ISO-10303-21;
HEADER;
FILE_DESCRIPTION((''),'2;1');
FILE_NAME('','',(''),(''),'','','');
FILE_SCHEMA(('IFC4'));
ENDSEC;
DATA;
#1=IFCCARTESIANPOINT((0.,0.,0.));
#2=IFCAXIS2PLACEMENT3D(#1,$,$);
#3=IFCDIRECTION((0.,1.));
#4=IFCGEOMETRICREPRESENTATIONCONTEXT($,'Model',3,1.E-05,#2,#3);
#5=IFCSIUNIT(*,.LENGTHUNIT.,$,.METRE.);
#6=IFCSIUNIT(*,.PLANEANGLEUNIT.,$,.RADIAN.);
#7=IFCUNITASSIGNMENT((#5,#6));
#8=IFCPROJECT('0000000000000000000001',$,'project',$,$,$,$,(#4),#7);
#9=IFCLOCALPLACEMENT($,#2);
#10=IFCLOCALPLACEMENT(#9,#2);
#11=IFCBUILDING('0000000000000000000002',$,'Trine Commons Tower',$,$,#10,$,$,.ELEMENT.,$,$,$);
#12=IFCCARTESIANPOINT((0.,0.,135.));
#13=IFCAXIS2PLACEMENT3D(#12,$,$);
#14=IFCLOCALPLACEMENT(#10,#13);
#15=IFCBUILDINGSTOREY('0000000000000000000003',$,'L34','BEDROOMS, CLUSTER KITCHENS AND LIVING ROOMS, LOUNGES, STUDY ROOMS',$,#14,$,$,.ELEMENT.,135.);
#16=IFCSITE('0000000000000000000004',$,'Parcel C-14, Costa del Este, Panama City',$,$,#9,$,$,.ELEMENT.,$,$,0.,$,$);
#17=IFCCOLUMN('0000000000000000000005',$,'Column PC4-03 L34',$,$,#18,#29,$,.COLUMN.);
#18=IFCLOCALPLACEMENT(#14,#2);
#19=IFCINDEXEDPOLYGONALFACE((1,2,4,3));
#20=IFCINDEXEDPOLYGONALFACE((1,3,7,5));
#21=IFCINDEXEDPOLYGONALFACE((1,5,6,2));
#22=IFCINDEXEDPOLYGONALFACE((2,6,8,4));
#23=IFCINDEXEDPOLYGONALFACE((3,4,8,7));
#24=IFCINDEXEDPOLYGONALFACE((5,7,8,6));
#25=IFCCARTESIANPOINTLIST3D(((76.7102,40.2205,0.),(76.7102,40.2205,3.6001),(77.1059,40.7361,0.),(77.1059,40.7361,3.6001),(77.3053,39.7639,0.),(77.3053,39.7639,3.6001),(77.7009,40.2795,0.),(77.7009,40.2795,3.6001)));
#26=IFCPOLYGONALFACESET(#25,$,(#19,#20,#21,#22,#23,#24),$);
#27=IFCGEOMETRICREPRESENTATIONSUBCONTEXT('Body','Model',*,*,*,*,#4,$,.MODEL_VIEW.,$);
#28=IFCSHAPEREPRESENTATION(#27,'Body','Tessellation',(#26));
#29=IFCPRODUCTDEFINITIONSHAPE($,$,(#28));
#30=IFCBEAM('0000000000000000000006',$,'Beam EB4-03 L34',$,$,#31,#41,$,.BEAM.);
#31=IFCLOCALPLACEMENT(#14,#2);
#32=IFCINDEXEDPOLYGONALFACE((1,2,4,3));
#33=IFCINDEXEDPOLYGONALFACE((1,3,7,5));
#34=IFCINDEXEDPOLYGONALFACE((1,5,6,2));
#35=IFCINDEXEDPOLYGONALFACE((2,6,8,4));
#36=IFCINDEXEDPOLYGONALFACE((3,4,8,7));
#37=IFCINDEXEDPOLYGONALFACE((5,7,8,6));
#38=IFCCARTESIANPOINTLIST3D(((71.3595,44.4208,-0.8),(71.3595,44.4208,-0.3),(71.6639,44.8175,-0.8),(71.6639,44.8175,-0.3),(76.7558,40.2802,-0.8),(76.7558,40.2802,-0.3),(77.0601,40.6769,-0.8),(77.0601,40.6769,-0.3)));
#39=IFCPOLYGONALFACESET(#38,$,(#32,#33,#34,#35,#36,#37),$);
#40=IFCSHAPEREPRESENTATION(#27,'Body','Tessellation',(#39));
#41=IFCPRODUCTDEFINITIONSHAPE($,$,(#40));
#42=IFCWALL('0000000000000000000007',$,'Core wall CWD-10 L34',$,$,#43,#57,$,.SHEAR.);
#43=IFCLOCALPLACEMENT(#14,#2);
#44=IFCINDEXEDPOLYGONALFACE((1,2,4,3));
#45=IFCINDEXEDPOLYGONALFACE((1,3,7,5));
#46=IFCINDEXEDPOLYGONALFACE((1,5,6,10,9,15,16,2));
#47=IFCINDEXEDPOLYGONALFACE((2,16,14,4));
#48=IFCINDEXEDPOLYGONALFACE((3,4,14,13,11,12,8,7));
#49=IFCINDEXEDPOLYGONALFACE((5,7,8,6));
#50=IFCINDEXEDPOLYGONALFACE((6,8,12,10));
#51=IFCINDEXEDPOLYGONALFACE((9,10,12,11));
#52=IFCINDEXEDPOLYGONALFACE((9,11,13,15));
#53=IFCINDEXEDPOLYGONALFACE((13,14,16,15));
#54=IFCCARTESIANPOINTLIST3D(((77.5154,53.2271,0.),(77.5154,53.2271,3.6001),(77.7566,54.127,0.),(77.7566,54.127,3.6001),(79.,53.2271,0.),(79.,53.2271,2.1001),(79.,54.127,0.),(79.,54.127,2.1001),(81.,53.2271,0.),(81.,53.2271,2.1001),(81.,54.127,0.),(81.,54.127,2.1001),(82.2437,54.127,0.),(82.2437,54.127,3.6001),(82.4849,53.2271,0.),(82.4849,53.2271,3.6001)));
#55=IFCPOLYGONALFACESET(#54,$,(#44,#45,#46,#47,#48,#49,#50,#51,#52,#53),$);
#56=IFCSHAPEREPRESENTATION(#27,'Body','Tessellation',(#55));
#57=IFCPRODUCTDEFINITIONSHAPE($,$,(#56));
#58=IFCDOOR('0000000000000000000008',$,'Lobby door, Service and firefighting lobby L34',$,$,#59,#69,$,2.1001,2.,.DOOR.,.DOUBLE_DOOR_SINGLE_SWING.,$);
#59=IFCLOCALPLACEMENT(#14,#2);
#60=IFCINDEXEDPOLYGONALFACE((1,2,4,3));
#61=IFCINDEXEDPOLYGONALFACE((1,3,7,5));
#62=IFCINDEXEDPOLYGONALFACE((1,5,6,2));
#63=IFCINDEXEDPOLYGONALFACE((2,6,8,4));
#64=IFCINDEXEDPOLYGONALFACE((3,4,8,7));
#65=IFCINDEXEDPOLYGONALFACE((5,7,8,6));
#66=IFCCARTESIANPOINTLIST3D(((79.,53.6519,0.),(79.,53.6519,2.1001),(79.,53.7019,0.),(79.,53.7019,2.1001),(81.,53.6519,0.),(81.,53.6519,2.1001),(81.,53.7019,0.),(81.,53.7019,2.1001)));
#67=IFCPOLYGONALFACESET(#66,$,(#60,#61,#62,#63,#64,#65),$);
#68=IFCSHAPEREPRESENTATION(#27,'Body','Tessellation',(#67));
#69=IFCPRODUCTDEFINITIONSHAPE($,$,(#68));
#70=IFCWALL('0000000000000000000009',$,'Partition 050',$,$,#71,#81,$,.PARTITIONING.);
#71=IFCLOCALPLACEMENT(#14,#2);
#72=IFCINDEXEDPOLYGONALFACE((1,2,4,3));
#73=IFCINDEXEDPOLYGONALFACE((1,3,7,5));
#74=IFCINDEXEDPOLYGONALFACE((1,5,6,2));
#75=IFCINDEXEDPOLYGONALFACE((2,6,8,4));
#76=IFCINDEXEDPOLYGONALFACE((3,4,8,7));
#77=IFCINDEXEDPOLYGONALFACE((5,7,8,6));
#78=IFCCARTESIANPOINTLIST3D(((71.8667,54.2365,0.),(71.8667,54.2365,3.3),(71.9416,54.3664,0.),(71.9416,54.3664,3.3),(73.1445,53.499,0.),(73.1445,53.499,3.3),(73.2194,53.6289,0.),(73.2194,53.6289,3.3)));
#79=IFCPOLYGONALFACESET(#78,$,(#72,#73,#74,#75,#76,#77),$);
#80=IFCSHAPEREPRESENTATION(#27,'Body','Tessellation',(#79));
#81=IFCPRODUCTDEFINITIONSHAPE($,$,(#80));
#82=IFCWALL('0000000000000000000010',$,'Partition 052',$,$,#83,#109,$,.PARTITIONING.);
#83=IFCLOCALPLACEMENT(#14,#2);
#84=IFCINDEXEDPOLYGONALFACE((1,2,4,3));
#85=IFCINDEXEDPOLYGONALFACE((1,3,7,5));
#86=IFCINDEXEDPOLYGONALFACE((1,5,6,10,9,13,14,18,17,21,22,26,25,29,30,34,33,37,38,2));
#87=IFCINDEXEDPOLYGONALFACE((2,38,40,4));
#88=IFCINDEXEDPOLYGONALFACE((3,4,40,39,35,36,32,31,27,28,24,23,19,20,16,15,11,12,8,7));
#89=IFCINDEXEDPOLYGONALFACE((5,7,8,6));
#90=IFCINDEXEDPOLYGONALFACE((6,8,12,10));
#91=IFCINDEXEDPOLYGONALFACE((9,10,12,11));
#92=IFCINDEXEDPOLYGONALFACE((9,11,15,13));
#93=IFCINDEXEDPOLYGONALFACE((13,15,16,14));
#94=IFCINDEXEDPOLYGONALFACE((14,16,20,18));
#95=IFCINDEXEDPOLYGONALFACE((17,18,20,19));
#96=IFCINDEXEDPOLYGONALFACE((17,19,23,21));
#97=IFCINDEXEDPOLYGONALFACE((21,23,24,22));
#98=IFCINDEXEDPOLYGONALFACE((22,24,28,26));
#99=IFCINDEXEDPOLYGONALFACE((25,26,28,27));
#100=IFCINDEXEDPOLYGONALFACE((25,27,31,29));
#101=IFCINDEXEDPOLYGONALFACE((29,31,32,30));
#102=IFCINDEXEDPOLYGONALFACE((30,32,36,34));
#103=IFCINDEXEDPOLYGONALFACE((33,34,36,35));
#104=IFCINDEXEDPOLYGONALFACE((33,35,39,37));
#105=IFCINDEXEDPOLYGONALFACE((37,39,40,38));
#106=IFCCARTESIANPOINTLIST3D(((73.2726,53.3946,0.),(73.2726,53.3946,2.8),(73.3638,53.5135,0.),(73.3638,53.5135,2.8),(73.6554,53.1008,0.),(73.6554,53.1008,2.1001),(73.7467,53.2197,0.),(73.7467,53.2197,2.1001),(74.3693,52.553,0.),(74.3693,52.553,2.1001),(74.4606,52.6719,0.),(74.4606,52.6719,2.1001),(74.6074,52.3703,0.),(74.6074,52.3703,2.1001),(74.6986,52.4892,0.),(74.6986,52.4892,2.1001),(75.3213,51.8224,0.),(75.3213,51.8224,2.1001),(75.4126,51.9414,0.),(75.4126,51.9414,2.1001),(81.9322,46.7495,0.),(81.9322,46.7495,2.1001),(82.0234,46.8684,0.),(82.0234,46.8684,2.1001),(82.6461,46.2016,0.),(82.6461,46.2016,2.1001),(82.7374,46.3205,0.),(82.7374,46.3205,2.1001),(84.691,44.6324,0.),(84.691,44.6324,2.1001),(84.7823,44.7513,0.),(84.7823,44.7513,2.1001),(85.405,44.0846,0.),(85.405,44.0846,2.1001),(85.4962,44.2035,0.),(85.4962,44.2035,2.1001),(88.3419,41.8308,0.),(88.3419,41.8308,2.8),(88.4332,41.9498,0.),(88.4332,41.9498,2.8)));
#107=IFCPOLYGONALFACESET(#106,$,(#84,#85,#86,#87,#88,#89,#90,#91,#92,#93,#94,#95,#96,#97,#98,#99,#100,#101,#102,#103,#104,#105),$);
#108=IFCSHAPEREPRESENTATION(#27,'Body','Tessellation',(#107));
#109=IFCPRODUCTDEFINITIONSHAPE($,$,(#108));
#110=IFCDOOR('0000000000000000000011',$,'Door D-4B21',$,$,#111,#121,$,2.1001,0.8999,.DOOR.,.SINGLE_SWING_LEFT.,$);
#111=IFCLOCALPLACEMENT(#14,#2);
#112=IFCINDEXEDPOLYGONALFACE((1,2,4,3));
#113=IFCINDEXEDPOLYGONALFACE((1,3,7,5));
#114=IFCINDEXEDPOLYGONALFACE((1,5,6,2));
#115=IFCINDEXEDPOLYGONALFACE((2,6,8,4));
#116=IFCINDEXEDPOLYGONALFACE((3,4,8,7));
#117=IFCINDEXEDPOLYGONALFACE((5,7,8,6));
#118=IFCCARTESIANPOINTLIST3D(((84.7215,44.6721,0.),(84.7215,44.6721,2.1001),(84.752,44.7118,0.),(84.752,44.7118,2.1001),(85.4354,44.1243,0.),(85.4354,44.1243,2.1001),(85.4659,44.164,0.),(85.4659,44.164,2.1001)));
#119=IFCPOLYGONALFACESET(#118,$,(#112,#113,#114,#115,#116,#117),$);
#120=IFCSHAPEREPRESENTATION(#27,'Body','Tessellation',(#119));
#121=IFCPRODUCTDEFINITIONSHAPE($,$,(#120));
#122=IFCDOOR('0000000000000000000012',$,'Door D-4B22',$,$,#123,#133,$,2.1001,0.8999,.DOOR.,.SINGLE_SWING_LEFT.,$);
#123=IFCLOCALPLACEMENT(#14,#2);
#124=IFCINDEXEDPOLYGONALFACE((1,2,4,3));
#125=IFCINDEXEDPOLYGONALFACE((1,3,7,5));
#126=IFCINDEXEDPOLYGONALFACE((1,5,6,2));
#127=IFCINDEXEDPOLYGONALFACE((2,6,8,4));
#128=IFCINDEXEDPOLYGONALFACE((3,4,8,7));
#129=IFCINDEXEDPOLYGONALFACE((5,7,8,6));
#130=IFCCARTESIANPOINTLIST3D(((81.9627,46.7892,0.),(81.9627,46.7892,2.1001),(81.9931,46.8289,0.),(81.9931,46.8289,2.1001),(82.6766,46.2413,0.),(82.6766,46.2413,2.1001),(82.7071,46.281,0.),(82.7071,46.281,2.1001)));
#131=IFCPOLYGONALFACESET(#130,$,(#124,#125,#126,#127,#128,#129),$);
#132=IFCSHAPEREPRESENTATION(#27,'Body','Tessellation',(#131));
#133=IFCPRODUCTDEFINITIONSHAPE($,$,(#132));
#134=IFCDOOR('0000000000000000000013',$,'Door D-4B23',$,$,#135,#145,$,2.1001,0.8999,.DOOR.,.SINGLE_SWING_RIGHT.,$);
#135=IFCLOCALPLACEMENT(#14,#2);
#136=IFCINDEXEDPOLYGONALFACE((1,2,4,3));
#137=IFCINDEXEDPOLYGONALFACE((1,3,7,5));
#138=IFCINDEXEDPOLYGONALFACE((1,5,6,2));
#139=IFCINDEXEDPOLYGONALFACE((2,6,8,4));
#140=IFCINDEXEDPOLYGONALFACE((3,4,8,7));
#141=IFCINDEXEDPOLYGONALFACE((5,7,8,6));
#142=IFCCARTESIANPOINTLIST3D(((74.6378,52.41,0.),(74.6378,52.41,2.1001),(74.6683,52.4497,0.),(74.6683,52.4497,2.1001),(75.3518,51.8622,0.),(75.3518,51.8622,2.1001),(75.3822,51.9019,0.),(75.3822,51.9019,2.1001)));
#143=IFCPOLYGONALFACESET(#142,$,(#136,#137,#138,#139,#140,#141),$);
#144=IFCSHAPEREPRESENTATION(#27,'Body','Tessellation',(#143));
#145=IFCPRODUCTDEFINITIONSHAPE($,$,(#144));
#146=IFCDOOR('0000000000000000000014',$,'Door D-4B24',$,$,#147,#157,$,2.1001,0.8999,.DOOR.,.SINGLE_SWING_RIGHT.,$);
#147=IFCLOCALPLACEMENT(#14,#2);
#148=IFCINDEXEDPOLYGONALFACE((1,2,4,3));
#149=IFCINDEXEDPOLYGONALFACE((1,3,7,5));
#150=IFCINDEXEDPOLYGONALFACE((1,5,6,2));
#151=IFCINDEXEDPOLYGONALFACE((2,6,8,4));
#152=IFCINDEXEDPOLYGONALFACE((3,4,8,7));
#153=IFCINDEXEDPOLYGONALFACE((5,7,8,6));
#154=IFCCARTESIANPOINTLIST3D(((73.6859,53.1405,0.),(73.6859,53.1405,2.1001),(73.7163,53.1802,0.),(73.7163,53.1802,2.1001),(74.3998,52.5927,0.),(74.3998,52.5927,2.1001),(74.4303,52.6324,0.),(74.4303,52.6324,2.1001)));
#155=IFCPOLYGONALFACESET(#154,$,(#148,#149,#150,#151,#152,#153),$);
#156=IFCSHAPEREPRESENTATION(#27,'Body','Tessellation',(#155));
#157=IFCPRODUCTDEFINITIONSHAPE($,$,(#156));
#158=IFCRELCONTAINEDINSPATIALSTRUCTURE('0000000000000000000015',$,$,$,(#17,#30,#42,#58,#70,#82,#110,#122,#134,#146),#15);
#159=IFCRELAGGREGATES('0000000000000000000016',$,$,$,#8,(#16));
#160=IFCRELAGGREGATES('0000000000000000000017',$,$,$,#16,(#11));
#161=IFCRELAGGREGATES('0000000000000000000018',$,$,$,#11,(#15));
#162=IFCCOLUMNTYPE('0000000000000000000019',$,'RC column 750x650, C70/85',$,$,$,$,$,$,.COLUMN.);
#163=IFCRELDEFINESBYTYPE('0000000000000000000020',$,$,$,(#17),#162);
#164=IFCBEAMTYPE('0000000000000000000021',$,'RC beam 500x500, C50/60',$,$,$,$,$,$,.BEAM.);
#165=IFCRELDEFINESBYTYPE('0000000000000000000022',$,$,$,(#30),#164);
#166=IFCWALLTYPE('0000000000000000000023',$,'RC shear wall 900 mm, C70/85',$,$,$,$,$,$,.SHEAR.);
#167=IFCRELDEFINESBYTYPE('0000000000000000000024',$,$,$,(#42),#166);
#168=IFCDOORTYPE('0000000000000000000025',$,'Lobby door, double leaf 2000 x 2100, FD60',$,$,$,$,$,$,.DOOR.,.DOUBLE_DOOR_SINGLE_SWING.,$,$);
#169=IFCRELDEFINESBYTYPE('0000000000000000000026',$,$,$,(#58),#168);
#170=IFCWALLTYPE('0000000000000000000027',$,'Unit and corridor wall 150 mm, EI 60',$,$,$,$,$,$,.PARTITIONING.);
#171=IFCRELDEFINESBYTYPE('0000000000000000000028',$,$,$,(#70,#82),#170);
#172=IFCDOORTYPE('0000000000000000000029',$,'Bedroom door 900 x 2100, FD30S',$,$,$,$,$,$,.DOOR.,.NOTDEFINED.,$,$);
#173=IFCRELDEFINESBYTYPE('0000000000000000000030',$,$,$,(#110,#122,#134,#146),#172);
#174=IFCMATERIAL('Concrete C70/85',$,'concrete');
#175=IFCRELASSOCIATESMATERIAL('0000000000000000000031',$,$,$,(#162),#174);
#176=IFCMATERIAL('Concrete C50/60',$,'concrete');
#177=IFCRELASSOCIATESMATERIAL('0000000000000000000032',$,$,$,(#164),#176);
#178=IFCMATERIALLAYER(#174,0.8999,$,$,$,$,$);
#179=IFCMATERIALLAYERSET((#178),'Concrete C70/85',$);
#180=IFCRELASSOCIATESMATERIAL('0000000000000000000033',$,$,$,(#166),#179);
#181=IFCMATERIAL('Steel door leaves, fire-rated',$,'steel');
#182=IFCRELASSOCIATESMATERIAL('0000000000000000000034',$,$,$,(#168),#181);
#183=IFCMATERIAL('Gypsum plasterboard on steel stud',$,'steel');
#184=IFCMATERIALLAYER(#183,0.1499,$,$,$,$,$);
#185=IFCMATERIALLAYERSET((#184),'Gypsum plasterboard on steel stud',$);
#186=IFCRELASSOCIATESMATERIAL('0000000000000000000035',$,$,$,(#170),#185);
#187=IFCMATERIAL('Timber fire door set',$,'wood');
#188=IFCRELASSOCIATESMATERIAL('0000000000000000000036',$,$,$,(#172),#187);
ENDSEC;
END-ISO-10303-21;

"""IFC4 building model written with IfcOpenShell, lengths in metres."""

from ifc_helpers import new_model, si_unit, direction, frame, frame_2d, origin, origin_2d, place, context, subcontext, project, spatial, polyline, rectangle, outline, extrude, material, layer, layer_set, material_profile, profile_set, type_object, element, fill, save


model = new_model("IFC4")

# Units and contexts
model_context = context("Model", 3, precision=1e-05, world=origin(), true_north=direction((0.0, 1.0)))
body_context = subcontext(model_context, "Body", "Model", "MODEL_VIEW")
ifc_project = project(units=[si_unit("LENGTHUNIT", "METRE"), si_unit("PLANEANGLEUNIT", "RADIAN")], contexts=[model_context])

# Site, building, storey
site_placement = place(None, origin())
site = spatial("IfcSite", under=ifc_project, at=site_placement, Name="Parcel C-14, Costa del Este, Panama City", CompositionType="ELEMENT", RefElevation=0.0)
building_placement = place(site_placement, origin())
building = spatial("IfcBuilding", under=site, at=building_placement, Name="Trine Commons Tower", CompositionType="ELEMENT")
storey_placement = place(building_placement, frame((0.0, 0.0, 135.0)))
storey = spatial("IfcBuildingStorey", under=building, at=storey_placement, Name="L34", Description="BEDROOMS, CLUSTER KITCHENS AND LIVING ROOMS, LOUNGES, STUDY ROOMS", CompositionType="ELEMENT", Elevation=135.0)

# Column
ifc_material_1 = material(Name="Concrete C70/85", Category="concrete")
ifc_material_profile_1 = material_profile(ifc_material_1, rectangle(XDim=0.75, YDim=0.6499, at=origin_2d()), Name="RC 750x650")
ifc_profile_set_1 = profile_set([ifc_material_profile_1], Name="Concrete C70/85")
column_type = type_object("IfcColumnType", Name="RC column 750x650, C70/85", PredefinedType="COLUMN", material=ifc_profile_set_1)
column_placement = place(storey_placement, frame((77.2056, 40.25, 0.0), z_axis=(0.0, 0.0, 1.0), x_axis=(-0.793353, 0.608761, 0.0)))
element("IfcColumn", 1, at=column_placement, inside=storey, type_object=column_type, Name="Column PC4-03 L34", PredefinedType="COLUMN", context=body_context, shape_type="SweptSolid", body=[
    extrude(rectangle(XDim=0.75, YDim=0.6499, at=origin_2d()), origin(), (0.0, 0.0, 1.0), 3.6001),
])

# Beam
ifc_material_2 = material(Name="Concrete C50/60", Category="concrete")
ifc_material_profile_2 = material_profile(ifc_material_2, rectangle(XDim=0.5, YDim=0.5, at=origin_2d()), Name="RC 500x500")
ifc_profile_set_2 = profile_set([ifc_material_profile_2], Name="Concrete C50/60")
beam_type = type_object("IfcBeamType", Name="RC beam 500x500, C50/60", PredefinedType="BEAM", material=ifc_profile_set_2)
beam_placement = place(storey_placement, frame((76.908, 40.4785, -0.55), z_axis=(-0.793357, 0.608756, 0.0), x_axis=(-0.608756, -0.793357, 0.0)))
element("IfcBeam", 2, at=beam_placement, inside=storey, type_object=beam_type, Name="Beam EB4-03 L34", PredefinedType="BEAM", context=body_context, shape_type="SweptSolid", body=[
    extrude(rectangle(XDim=0.5, YDim=0.5, at=origin_2d()), origin(), (0.0, 0.0, 1.0), 6.8018),
])

# Wall, opening, door
ifc_layer_1 = layer(ifc_material_1, 0.8999)
ifc_layer_set_1 = layer_set([ifc_layer_1], Name="Concrete C70/85")
wall_type_1 = type_object("IfcWallType", Name="RC shear wall 900 mm, C70/85", PredefinedType="SHEAR", material=ifc_layer_set_1)
wall_1_placement = place(storey_placement, frame((77.5154, 53.677, 0.0), z_axis=(0.0, 0.0, 1.0), x_axis=(1.0, 0.0, 0.0)))
wall_1 = element("IfcWall", 3, at=wall_1_placement, inside=storey, type_object=wall_type_1, Name="Core wall CWD-10 L34", PredefinedType="SHEAR", context=body_context, shape_type="SweptSolid", body=[
    extrude(outline(polyline([(0.0, -0.45), (4.9695, -0.45), (4.7283, 0.45), (0.2412, 0.45), (0.0, -0.45)])), origin(), (0.0, 0.0, 1.0), 3.6001),
])
opening_1_placement = place(wall_1_placement, frame((1.4846, 0.0, 0.0)))
opening_1 = element("IfcOpeningElement", 4, at=opening_1_placement, cuts=wall_1, PredefinedType="OPENING", context=body_context, shape_type="SweptSolid", body=[
    extrude(rectangle(XDim=2.0, YDim=2.1001, at=frame_2d((1.0, 1.05))), frame((0.0, 0.46, 0.0), z_axis=(0.0, -1.0, 0.0), x_axis=(1.0, 0.0, 0.0)), (0.0, 0.0, 1.0), 0.9199),
])
ifc_material_3 = material(Name="Steel door leaves, fire-rated", Category="steel")
door_type_1 = type_object("IfcDoorType", Name="Lobby door, double leaf 2000 x 2100, FD60", OperationType="DOUBLE_DOOR_SINGLE_SWING", PredefinedType="DOOR", material=ifc_material_3)
door_1_placement = place(opening_1_placement, origin())
door_1 = element("IfcDoor", 5, at=door_1_placement, inside=storey, type_object=door_type_1, Name="Lobby door, Service and firefighting lobby L34", OperationType="DOUBLE_DOOR_SINGLE_SWING", OverallHeight=2.1001, OverallWidth=2.0, PredefinedType="DOOR", context=body_context, shape_type="SweptSolid", body=[
    extrude(rectangle(XDim=2.0, YDim=2.1001, at=frame_2d((1.0, 1.05))), frame((0.0, 0.0249, 0.0), z_axis=(0.0, -1.0, 0.0), x_axis=(1.0, 0.0, 0.0)), (0.0, 0.0, 1.0), 0.05),
])
fill(opening_1, door_1)

# Wall
ifc_material_4 = material(Name="Gypsum plasterboard on steel stud", Category="steel")
ifc_layer_2 = layer(ifc_material_4, 0.1499)
ifc_layer_set_2 = layer_set([ifc_layer_2], Name="Gypsum plasterboard on steel stud")
wall_type_2 = type_object("IfcWallType", Name="Unit and corridor wall 150 mm, EI 60", PredefinedType="PARTITIONING", material=ifc_layer_set_2)
wall_2_placement = place(storey_placement, frame((71.9041, 54.3015, 0.0), z_axis=(0.0, 0.0, 1.0), x_axis=(0.866086, -0.499894, 0.0)))
element("IfcWall", 6, at=wall_2_placement, inside=storey, type_object=wall_type_2, Name="Partition 050", PredefinedType="PARTITIONING", context=body_context, shape_type="SweptSolid", body=[
    extrude(rectangle(XDim=1.4753, YDim=0.1499, at=frame_2d((0.7378, 0.0))), origin(), (0.0, 0.0, 1.0), 3.3),
])

# Wall, openings, doors
wall_3_placement = place(storey_placement, frame((73.3181, 53.4541, 0.0), z_axis=(0.0, 0.0, 1.0), x_axis=(0.793338, -0.608782, 0.0)))
wall_3 = element("IfcWall", 7, at=wall_3_placement, inside=storey, type_object=wall_type_2, Name="Partition 052", PredefinedType="PARTITIONING", context=body_context, shape_type="SweptSolid", body=[
    extrude(rectangle(XDim=18.9949, YDim=0.1499, at=frame_2d((9.4976, 0.0))), origin(), (0.0, 0.0, 1.0), 2.8),
])
opening_2_placement = place(wall_3_placement, frame((14.3931, 0.0, 0.0)))
opening_2 = element("IfcOpeningElement", 8, at=opening_2_placement, cuts=wall_3, PredefinedType="OPENING", context=body_context, shape_type="SweptSolid", body=[
    extrude(rectangle(XDim=0.8999, YDim=2.1001, at=frame_2d((0.45, 1.05))), frame((0.0, 0.085, 0.0), z_axis=(0.0, -1.0, 0.0), x_axis=(1.0, 0.0, 0.0)), (0.0, 0.0, 1.0), 0.1699),
])
opening_3_placement = place(wall_3_placement, frame((10.9155, 0.0, 0.0)))
opening_3 = element("IfcOpeningElement", 9, at=opening_3_placement, cuts=wall_3, PredefinedType="OPENING", context=body_context, shape_type="SweptSolid", body=[
    extrude(rectangle(XDim=0.8999, YDim=2.1001, at=frame_2d((0.45, 1.05))), frame((0.0, 0.085, 0.0), z_axis=(0.0, -1.0, 0.0), x_axis=(1.0, 0.0, 0.0)), (0.0, 0.0, 1.0), 0.1699),
])
opening_4_placement = place(wall_3_placement, frame((1.6826, 0.0, 0.0)))
opening_4 = element("IfcOpeningElement", 10, at=opening_4_placement, cuts=wall_3, PredefinedType="OPENING", context=body_context, shape_type="SweptSolid", body=[
    extrude(rectangle(XDim=0.8999, YDim=2.1001, at=frame_2d((0.45, 1.05))), frame((0.0, 0.085, 0.0), z_axis=(0.0, -1.0, 0.0), x_axis=(1.0, 0.0, 0.0)), (0.0, 0.0, 1.0), 0.1699),
])
opening_5_placement = place(wall_3_placement, frame((0.4827, 0.0, 0.0)))
opening_5 = element("IfcOpeningElement", 11, at=opening_5_placement, cuts=wall_3, PredefinedType="OPENING", context=body_context, shape_type="SweptSolid", body=[
    extrude(rectangle(XDim=0.8999, YDim=2.1001, at=frame_2d((0.45, 1.05))), frame((0.0, 0.085, 0.0), z_axis=(0.0, -1.0, 0.0), x_axis=(1.0, 0.0, 0.0)), (0.0, 0.0, 1.0), 0.1699),
])
ifc_material_5 = material(Name="Timber fire door set", Category="wood")
door_type_2 = type_object("IfcDoorType", Name="Bedroom door 900 x 2100, FD30S", OperationType="NOTDEFINED", PredefinedType="DOOR", material=ifc_material_5)
door_2_placement = place(opening_2_placement, frame((0.8999, 0.0, 0.0), z_axis=(0.0, 0.0, 1.0), x_axis=(-1.0, 0.0, 0.0)))
door_2 = element("IfcDoor", 12, at=door_2_placement, inside=storey, type_object=door_type_2, Name="Door D-4B21", OperationType="SINGLE_SWING_LEFT", OverallHeight=2.1001, OverallWidth=0.8999, PredefinedType="DOOR", context=body_context, shape_type="SweptSolid", body=[
    extrude(rectangle(XDim=0.8999, YDim=2.1001, at=frame_2d((0.45, 1.05))), frame((0.0, 0.0249, 0.0), z_axis=(0.0, -1.0, 0.0), x_axis=(1.0, 0.0, 0.0)), (0.0, 0.0, 1.0), 0.05),
])
fill(opening_2, door_2)
door_3_placement = place(opening_3_placement, frame((0.8999, 0.0, 0.0), z_axis=(0.0, 0.0, 1.0), x_axis=(-1.0, 0.0, 0.0)))
door_3 = element("IfcDoor", 13, at=door_3_placement, inside=storey, type_object=door_type_2, Name="Door D-4B22", OperationType="SINGLE_SWING_LEFT", OverallHeight=2.1001, OverallWidth=0.8999, PredefinedType="DOOR", context=body_context, shape_type="SweptSolid", body=[
    extrude(rectangle(XDim=0.8999, YDim=2.1001, at=frame_2d((0.45, 1.05))), frame((0.0, 0.0249, 0.0), z_axis=(0.0, -1.0, 0.0), x_axis=(1.0, 0.0, 0.0)), (0.0, 0.0, 1.0), 0.05),
])
fill(opening_3, door_3)
door_4_placement = place(opening_4_placement, frame((0.8999, 0.0, 0.0), z_axis=(0.0, 0.0, 1.0), x_axis=(-1.0, 0.0, 0.0)))
door_4 = element("IfcDoor", 14, at=door_4_placement, inside=storey, type_object=door_type_2, Name="Door D-4B23", OperationType="SINGLE_SWING_RIGHT", OverallHeight=2.1001, OverallWidth=0.8999, PredefinedType="DOOR", context=body_context, shape_type="SweptSolid", body=[
    extrude(rectangle(XDim=0.8999, YDim=2.1001, at=frame_2d((0.45, 1.05))), frame((0.0, 0.0249, 0.0), z_axis=(0.0, -1.0, 0.0), x_axis=(1.0, 0.0, 0.0)), (0.0, 0.0, 1.0), 0.05),
])
fill(opening_4, door_4)
door_5_placement = place(opening_5_placement, frame((0.8999, 0.0, 0.0), z_axis=(0.0, 0.0, 1.0), x_axis=(-1.0, 0.0, 0.0)))
door_5 = element("IfcDoor", 15, at=door_5_placement, inside=storey, type_object=door_type_2, Name="Door D-4B24", OperationType="SINGLE_SWING_RIGHT", OverallHeight=2.1001, OverallWidth=0.8999, PredefinedType="DOOR", context=body_context, shape_type="SweptSolid", body=[
    extrude(rectangle(XDim=0.8999, YDim=2.1001, at=frame_2d((0.45, 1.05))), frame((0.0, 0.0249, 0.0), z_axis=(0.0, -1.0, 0.0), x_axis=(1.0, 0.0, 0.0)), (0.0, 0.0, 1.0), 0.05),
])
fill(opening_5, door_5)

save(model, "model.ifc")
